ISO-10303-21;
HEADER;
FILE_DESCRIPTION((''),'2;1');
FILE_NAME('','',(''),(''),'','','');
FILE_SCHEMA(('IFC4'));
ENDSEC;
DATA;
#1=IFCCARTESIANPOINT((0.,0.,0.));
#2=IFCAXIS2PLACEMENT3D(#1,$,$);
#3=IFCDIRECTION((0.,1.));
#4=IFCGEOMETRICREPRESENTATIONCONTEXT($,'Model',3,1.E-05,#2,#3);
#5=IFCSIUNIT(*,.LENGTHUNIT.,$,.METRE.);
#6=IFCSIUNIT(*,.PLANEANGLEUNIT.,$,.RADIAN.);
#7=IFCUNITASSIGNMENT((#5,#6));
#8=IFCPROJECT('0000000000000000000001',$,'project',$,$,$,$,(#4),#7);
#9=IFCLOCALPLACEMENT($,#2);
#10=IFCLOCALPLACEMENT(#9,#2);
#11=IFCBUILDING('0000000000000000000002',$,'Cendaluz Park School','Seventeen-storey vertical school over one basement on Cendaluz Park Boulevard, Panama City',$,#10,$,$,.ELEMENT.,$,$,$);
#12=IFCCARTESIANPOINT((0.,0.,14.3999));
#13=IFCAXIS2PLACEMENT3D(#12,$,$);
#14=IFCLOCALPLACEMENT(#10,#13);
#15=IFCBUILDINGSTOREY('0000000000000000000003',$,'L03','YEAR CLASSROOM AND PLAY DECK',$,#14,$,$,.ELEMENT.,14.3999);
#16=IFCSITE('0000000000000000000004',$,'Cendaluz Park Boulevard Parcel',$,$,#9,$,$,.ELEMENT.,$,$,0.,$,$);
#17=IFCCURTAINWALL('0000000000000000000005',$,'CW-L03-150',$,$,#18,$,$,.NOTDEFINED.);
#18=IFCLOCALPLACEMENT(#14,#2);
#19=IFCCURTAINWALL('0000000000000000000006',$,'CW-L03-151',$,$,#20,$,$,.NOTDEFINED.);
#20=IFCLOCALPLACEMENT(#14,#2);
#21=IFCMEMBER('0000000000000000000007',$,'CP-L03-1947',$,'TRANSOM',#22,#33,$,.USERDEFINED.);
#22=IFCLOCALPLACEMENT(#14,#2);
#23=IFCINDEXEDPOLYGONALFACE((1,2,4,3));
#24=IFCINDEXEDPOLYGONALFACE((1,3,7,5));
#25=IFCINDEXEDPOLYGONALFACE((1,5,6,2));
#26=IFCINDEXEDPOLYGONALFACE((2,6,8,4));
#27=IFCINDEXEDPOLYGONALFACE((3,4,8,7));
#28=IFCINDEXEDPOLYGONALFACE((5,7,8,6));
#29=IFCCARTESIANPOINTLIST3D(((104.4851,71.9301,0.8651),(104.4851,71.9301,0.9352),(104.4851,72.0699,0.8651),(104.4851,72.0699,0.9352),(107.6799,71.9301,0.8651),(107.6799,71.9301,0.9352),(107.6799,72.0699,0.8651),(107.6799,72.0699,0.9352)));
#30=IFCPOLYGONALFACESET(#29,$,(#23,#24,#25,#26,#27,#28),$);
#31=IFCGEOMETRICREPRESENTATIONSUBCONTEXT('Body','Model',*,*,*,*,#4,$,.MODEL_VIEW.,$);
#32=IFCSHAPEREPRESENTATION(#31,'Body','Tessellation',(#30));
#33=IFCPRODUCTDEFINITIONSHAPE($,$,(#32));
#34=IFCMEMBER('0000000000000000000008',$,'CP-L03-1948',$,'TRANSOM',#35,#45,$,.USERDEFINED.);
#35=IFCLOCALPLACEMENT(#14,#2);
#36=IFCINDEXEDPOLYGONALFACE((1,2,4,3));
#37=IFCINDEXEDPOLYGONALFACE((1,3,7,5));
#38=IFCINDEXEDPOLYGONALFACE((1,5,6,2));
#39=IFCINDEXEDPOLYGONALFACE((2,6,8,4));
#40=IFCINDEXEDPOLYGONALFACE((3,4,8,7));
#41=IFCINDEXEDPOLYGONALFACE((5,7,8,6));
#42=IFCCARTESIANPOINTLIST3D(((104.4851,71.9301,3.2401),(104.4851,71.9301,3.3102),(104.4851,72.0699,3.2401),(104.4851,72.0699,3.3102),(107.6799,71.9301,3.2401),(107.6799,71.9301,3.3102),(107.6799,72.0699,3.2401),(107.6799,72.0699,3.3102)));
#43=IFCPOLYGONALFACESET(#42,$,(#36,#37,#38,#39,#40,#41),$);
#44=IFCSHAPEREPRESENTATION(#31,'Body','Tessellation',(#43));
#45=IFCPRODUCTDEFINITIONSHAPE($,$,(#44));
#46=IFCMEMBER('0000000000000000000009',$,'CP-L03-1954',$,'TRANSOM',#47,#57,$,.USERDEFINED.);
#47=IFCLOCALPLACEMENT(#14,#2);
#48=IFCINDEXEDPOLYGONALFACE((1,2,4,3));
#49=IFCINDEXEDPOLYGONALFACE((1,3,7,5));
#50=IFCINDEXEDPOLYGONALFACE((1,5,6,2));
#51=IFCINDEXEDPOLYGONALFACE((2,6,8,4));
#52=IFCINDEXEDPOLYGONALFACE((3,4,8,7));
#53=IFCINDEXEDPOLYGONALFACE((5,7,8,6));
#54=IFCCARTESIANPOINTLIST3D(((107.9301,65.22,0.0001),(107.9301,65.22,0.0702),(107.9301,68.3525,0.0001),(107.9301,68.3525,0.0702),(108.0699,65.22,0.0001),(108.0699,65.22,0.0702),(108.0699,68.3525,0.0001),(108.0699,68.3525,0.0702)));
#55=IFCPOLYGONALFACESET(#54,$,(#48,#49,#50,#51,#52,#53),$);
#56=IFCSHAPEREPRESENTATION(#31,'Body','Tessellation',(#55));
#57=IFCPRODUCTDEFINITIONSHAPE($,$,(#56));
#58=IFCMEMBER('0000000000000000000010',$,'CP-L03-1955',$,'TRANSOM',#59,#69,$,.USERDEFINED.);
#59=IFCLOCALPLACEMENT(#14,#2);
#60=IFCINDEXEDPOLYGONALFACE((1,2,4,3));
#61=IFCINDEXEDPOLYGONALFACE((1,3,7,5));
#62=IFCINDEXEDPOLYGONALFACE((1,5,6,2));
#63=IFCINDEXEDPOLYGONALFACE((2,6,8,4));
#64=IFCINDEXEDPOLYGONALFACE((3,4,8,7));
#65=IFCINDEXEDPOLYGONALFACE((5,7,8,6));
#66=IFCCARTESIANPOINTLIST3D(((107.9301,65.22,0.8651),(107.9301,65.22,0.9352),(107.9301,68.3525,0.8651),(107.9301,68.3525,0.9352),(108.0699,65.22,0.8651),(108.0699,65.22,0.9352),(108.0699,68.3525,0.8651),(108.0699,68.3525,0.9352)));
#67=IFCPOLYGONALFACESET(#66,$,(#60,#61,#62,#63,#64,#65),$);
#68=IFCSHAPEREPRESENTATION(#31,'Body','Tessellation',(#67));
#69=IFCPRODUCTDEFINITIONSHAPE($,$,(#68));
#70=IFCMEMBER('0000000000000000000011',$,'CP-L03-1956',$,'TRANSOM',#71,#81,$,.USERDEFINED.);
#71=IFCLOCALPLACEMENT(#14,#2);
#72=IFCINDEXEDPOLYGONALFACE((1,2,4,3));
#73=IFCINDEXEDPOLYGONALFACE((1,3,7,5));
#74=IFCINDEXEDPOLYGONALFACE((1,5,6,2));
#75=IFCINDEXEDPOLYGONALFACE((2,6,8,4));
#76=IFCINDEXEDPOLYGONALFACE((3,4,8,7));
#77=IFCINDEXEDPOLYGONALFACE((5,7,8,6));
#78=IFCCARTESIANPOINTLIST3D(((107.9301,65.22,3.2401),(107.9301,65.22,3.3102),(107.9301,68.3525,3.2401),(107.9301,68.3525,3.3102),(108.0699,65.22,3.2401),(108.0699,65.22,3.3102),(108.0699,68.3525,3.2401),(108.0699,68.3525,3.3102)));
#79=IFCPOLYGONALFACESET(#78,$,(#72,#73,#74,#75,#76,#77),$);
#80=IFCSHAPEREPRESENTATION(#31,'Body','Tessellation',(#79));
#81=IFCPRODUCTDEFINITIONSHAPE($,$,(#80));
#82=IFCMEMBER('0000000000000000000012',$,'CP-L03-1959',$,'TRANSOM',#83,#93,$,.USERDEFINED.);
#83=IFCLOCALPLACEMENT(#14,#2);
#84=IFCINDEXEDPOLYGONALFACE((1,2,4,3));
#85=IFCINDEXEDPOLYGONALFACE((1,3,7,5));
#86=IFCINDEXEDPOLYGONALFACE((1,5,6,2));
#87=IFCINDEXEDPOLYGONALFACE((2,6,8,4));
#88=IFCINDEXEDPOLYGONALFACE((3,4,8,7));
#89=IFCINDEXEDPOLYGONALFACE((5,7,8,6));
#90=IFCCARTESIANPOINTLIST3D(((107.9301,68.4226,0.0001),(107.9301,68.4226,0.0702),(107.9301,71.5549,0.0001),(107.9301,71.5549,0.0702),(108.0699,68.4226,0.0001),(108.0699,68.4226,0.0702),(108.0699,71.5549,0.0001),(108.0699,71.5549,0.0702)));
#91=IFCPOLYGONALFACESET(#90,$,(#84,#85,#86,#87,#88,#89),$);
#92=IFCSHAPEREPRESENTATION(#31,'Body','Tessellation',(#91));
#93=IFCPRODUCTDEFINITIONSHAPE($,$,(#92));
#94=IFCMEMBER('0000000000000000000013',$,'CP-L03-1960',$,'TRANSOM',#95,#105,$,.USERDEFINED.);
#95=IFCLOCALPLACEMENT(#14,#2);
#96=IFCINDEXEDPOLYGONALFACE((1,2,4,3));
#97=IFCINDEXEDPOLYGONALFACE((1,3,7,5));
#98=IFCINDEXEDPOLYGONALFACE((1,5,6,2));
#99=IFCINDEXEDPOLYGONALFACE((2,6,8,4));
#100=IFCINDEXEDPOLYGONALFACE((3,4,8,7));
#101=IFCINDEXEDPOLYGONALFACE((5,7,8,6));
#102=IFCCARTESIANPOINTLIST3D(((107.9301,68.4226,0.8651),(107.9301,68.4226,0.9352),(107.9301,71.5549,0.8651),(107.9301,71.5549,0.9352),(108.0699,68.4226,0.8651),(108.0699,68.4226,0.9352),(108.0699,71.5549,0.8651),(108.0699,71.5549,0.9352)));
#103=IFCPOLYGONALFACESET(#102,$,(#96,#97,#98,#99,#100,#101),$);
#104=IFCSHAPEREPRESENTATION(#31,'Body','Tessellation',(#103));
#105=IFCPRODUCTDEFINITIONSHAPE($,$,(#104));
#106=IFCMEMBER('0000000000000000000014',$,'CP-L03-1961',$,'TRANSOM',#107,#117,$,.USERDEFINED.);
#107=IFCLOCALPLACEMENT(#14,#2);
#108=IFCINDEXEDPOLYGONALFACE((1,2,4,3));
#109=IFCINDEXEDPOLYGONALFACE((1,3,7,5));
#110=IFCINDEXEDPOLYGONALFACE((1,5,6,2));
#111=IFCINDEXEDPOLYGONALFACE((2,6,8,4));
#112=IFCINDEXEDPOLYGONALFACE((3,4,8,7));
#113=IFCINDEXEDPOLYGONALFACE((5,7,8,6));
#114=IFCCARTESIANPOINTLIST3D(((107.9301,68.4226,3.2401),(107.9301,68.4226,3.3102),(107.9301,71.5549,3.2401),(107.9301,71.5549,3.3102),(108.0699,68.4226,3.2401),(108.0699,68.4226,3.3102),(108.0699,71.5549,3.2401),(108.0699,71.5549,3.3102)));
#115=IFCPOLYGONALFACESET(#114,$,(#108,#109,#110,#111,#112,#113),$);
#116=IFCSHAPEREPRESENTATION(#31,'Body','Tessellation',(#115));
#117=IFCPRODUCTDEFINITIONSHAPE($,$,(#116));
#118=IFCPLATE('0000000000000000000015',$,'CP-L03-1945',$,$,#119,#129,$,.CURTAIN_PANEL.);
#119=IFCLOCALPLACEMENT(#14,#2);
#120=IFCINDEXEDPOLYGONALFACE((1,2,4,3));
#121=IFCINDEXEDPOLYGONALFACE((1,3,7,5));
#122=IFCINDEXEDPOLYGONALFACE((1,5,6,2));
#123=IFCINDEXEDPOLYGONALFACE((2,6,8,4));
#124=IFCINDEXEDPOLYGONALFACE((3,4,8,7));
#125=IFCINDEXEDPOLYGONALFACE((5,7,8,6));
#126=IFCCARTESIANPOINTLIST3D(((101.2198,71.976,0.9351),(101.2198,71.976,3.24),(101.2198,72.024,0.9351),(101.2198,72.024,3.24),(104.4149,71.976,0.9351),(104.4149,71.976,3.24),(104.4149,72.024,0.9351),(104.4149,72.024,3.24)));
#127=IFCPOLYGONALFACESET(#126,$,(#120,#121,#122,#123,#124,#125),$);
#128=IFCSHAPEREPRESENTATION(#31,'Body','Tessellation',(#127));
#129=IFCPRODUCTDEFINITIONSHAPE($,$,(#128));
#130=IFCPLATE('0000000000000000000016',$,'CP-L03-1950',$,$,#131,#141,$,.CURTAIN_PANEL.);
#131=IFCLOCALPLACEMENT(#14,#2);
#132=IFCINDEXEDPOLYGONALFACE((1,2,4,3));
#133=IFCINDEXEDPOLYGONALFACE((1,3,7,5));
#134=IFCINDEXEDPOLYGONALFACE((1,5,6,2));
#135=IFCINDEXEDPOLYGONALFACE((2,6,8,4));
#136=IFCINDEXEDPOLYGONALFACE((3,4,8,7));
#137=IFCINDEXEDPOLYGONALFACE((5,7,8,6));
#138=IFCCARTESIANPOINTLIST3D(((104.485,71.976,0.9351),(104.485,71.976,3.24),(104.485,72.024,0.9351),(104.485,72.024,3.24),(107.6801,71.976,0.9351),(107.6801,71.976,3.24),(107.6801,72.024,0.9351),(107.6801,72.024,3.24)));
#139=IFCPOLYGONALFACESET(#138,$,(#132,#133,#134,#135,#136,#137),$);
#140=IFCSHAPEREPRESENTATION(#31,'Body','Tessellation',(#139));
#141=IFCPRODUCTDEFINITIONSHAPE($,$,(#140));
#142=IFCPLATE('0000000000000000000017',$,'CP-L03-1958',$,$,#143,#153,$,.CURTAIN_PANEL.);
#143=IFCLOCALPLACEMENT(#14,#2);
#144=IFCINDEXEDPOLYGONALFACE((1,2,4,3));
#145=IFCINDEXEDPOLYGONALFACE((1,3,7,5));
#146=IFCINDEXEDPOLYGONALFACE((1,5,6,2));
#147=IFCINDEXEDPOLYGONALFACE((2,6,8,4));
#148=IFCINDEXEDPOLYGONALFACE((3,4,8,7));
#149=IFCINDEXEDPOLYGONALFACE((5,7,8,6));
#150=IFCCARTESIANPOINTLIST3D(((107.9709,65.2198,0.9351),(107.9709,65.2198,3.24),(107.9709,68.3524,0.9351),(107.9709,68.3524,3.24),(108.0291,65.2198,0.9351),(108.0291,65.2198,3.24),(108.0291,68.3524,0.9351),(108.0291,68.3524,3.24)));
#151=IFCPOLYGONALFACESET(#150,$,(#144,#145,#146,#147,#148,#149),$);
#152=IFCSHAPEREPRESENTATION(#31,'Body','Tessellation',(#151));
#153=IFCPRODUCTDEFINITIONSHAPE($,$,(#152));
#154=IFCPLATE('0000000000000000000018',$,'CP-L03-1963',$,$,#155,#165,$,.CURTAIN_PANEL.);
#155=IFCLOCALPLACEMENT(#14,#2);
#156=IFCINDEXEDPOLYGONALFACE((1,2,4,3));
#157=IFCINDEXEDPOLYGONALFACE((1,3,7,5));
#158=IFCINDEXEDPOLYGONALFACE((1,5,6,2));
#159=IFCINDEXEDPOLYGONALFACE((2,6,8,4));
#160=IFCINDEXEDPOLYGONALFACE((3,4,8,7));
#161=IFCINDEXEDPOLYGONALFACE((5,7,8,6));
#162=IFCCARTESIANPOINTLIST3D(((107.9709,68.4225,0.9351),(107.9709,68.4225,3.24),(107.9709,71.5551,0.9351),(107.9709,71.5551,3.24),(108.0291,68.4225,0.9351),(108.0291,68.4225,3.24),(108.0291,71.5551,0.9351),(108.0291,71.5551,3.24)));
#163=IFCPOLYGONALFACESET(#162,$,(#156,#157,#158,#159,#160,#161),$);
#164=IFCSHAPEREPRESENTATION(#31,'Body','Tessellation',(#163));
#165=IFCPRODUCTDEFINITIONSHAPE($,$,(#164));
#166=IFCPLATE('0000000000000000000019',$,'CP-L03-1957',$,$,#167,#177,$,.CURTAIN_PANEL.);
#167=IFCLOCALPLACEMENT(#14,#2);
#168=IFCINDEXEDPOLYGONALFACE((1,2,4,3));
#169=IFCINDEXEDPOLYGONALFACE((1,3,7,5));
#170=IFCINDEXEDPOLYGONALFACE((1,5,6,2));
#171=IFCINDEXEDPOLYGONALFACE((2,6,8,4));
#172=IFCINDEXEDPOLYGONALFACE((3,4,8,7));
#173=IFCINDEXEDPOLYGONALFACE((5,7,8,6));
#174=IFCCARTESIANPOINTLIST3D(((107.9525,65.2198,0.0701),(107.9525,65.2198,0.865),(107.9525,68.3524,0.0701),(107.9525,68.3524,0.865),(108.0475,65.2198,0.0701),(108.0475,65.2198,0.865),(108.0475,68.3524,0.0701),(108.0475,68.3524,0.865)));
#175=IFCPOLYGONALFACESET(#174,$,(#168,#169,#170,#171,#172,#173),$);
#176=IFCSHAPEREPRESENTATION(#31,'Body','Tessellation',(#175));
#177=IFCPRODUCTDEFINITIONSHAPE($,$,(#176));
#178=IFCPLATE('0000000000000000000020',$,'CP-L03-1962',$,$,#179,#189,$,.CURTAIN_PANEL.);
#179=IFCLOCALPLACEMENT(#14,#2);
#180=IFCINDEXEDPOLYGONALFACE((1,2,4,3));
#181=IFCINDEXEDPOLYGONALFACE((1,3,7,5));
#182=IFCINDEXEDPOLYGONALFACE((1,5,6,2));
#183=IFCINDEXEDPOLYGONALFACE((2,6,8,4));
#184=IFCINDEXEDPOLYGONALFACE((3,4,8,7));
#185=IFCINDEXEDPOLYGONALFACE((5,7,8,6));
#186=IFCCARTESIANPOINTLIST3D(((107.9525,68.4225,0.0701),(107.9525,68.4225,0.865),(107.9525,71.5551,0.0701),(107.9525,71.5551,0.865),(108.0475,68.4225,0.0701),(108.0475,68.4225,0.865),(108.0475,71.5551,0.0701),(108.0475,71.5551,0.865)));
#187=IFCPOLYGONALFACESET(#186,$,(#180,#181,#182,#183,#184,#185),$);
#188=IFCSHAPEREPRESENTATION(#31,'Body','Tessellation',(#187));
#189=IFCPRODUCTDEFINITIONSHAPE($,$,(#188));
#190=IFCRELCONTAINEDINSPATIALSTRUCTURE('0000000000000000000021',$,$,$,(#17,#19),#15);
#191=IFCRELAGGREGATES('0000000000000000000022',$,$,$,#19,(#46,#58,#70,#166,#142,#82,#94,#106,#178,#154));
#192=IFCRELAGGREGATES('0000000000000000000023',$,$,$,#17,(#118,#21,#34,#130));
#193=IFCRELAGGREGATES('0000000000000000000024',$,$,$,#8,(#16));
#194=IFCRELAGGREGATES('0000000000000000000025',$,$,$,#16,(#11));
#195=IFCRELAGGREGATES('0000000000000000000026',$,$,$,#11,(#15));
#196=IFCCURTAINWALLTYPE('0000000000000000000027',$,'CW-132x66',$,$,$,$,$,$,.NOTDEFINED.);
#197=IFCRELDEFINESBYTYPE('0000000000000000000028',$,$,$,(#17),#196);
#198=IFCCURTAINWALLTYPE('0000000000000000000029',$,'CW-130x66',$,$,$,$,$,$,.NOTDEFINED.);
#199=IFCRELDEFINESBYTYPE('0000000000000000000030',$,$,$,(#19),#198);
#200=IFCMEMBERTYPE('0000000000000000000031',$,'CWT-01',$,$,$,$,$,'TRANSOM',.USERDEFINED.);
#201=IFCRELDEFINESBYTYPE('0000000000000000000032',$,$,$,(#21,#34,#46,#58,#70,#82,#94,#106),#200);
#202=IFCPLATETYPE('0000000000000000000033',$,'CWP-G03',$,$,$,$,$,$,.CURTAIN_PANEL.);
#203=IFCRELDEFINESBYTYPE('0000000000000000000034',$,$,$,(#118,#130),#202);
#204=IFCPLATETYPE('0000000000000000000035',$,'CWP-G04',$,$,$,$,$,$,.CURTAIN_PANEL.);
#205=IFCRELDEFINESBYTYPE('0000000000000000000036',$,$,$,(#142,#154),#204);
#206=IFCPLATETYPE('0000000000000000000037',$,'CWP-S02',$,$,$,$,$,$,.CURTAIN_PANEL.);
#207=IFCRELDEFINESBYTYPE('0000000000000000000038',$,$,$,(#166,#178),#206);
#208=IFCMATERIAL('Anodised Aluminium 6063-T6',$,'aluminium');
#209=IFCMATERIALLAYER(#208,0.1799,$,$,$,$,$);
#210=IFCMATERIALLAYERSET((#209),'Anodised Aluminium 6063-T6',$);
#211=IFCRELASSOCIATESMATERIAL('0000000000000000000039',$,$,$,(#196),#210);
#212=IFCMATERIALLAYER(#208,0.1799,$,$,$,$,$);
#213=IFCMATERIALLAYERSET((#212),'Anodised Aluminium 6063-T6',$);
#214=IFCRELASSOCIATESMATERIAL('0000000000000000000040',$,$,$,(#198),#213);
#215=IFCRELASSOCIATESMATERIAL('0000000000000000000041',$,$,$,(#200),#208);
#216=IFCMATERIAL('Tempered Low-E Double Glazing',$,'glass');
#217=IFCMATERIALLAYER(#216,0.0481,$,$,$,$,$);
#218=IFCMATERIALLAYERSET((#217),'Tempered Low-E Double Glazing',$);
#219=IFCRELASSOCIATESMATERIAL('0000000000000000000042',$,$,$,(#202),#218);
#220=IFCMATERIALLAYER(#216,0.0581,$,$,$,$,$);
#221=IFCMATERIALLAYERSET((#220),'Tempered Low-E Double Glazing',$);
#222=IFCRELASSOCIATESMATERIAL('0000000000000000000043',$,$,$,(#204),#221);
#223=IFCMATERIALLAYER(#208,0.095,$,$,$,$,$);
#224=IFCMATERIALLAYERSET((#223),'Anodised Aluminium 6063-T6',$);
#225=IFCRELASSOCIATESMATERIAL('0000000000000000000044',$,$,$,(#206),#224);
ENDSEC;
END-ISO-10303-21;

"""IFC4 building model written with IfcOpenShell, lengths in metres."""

from ifc_helpers import new_model, si_unit, direction, frame, origin, origin_2d, place, context, subcontext, project, spatial, rectangle, extrude, material, layer, layer_set, material_profile, profile_set, type_object, element, aggregate, save


model = new_model("IFC4")

# Units and contexts
model_context = context("Model", 3, precision=1e-05, world=origin(), true_north=direction((0.0, 1.0)))
body_context = subcontext(model_context, "Body", "Model", "MODEL_VIEW")
ifc_project = project(units=[si_unit("LENGTHUNIT", "METRE"), si_unit("PLANEANGLEUNIT", "RADIAN")], contexts=[model_context])

# Site, building, storey
site_placement = place(None, origin())
site = spatial("IfcSite", under=ifc_project, at=site_placement, Name="Cendaluz Park Boulevard Parcel", CompositionType="ELEMENT", RefElevation=0.0)
building_placement = place(site_placement, origin())
building = spatial("IfcBuilding", under=site, at=building_placement, Name="Cendaluz Park School", Description="Seventeen-storey vertical school over one basement on Cendaluz Park Boulevard, Panama City", CompositionType="ELEMENT")
storey_placement = place(building_placement, frame((0.0, 0.0, 14.3999)))
storey = spatial("IfcBuildingStorey", under=building, at=storey_placement, Name="L03", Description="YEAR CLASSROOM AND PLAY DECK", CompositionType="ELEMENT", Elevation=14.3999)

# Curtain walls
ifc_material_1 = material(Name="Anodised Aluminium 6063-T6", Category="aluminium")
ifc_layer_1 = layer(ifc_material_1, 0.1799)
ifc_layer_set_1 = layer_set([ifc_layer_1], Name="Anodised Aluminium 6063-T6")
curtain_wall_type_1 = type_object("IfcCurtainWallType", Name="CW-132x66", PredefinedType="NOTDEFINED", material=ifc_layer_set_1)
curtain_wall_1_placement = place(storey_placement, origin())
curtain_wall_1 = element("IfcCurtainWall", 1, at=curtain_wall_1_placement, inside=storey, type_object=curtain_wall_type_1, Name="CW-L03-150", PredefinedType="NOTDEFINED")
ifc_layer_2 = layer(ifc_material_1, 0.1799)
ifc_layer_set_2 = layer_set([ifc_layer_2], Name="Anodised Aluminium 6063-T6")
curtain_wall_type_2 = type_object("IfcCurtainWallType", Name="CW-130x66", PredefinedType="NOTDEFINED", material=ifc_layer_set_2)
curtain_wall_2_placement = place(storey_placement, origin())
curtain_wall_2 = element("IfcCurtainWall", 2, at=curtain_wall_2_placement, inside=storey, type_object=curtain_wall_type_2, Name="CW-L03-151", PredefinedType="NOTDEFINED")

# Members
ifc_material_profile_1 = material_profile(ifc_material_1, rectangle(XDim=0.1399, YDim=0.0701, at=origin_2d()), Name="CWT 140x70", Category="aluminium")
ifc_profile_set_1 = profile_set([ifc_material_profile_1], Name="Anodised Aluminium 6063-T6")
member_type_1 = type_object("IfcMemberType", Name="CWT-01", ElementType="TRANSOM", PredefinedType="USERDEFINED", material=ifc_profile_set_1)
member_1_placement = place(storey_placement, frame((104.4851, 72.0, 0.9001), z_axis=(1.0, 0.0, 0.0), x_axis=(0.0, 1.0, 0.0)))
member_1 = element("IfcMember", 3, at=member_1_placement, type_object=member_type_1, Name="CP-L03-1947", ObjectType="TRANSOM", PredefinedType="USERDEFINED", context=body_context, shape_type="SweptSolid", body=[
    extrude(rectangle(XDim=0.1399, YDim=0.0701, at=origin_2d()), origin(), (0.0, 0.0, 1.0), 3.1948),
])
member_2_placement = place(storey_placement, frame((104.4851, 72.0, 3.2751), z_axis=(1.0, 0.0, 0.0), x_axis=(0.0, 1.0, 0.0)))
member_2 = element("IfcMember", 4, at=member_2_placement, type_object=member_type_1, Name="CP-L03-1948", ObjectType="TRANSOM", PredefinedType="USERDEFINED", context=body_context, shape_type="SweptSolid", body=[
    extrude(rectangle(XDim=0.1399, YDim=0.0701, at=origin_2d()), origin(), (0.0, 0.0, 1.0), 3.1948),
])
member_3_placement = place(storey_placement, frame((108.0, 65.22, 0.0352), z_axis=(0.0, 1.0, 0.0), x_axis=(-1.0, 0.0, 0.0)))
member_3 = element("IfcMember", 5, at=member_3_placement, type_object=member_type_1, Name="CP-L03-1954", ObjectType="TRANSOM", PredefinedType="USERDEFINED", context=body_context, shape_type="SweptSolid", body=[
    extrude(rectangle(XDim=0.1399, YDim=0.0701, at=origin_2d()), origin(), (0.0, 0.0, 1.0), 3.1326),
])
member_4_placement = place(storey_placement, frame((108.0, 65.22, 0.9001), z_axis=(0.0, 1.0, 0.0), x_axis=(-1.0, 0.0, 0.0)))
member_4 = element("IfcMember", 6, at=member_4_placement, type_object=member_type_1, Name="CP-L03-1955", ObjectType="TRANSOM", PredefinedType="USERDEFINED", context=body_context, shape_type="SweptSolid", body=[
    extrude(rectangle(XDim=0.1399, YDim=0.0701, at=origin_2d()), origin(), (0.0, 0.0, 1.0), 3.1326),
])
member_5_placement = place(storey_placement, frame((108.0, 65.22, 3.2751), z_axis=(0.0, 1.0, 0.0), x_axis=(-1.0, 0.0, 0.0)))
member_5 = element("IfcMember", 7, at=member_5_placement, type_object=member_type_1, Name="CP-L03-1956", ObjectType="TRANSOM", PredefinedType="USERDEFINED", context=body_context, shape_type="SweptSolid", body=[
    extrude(rectangle(XDim=0.1399, YDim=0.0701, at=origin_2d()), origin(), (0.0, 0.0, 1.0), 3.1326),
])
member_6_placement = place(storey_placement, frame((108.0, 68.4226, 0.0352), z_axis=(0.0, 1.0, 0.0), x_axis=(-1.0, 0.0, 0.0)))
member_6 = element("IfcMember", 8, at=member_6_placement, type_object=member_type_1, Name="CP-L03-1959", ObjectType="TRANSOM", PredefinedType="USERDEFINED", context=body_context, shape_type="SweptSolid", body=[
    extrude(rectangle(XDim=0.1399, YDim=0.0701, at=origin_2d()), origin(), (0.0, 0.0, 1.0), 3.1323),
])
member_7_placement = place(storey_placement, frame((108.0, 68.4226, 0.9001), z_axis=(0.0, 1.0, 0.0), x_axis=(-1.0, 0.0, 0.0)))
member_7 = element("IfcMember", 9, at=member_7_placement, type_object=member_type_1, Name="CP-L03-1960", ObjectType="TRANSOM", PredefinedType="USERDEFINED", context=body_context, shape_type="SweptSolid", body=[
    extrude(rectangle(XDim=0.1399, YDim=0.0701, at=origin_2d()), origin(), (0.0, 0.0, 1.0), 3.1323),
])
member_8_placement = place(storey_placement, frame((108.0, 68.4226, 3.2751), z_axis=(0.0, 1.0, 0.0), x_axis=(-1.0, 0.0, 0.0)))
member_8 = element("IfcMember", 10, at=member_8_placement, type_object=member_type_1, Name="CP-L03-1961", ObjectType="TRANSOM", PredefinedType="USERDEFINED", context=body_context, shape_type="SweptSolid", body=[
    extrude(rectangle(XDim=0.1399, YDim=0.0701, at=origin_2d()), origin(), (0.0, 0.0, 1.0), 3.1323),
])

# Plates
ifc_material_2 = material(Name="Tempered Low-E Double Glazing", Category="glass")
ifc_layer_3 = layer(ifc_material_2, 0.0481)
ifc_layer_set_3 = layer_set([ifc_layer_3], Name="Tempered Low-E Double Glazing")
plate_type_1 = type_object("IfcPlateType", Name="CWP-G03", PredefinedType="CURTAIN_PANEL", material=ifc_layer_set_3)
plate_1_placement = place(storey_placement, frame((102.8174, 72.0, 0.9351), z_axis=(0.0, 0.0, 1.0), x_axis=(1.0, 0.0, 0.0)))
plate_1 = element("IfcPlate", 11, at=plate_1_placement, type_object=plate_type_1, Name="CP-L03-1945", PredefinedType="CURTAIN_PANEL", context=body_context, shape_type="SweptSolid", body=[
    extrude(rectangle(XDim=3.1951, YDim=0.0481, at=origin_2d()), origin(), (0.0, 0.0, 1.0), 2.3049),
])
plate_2_placement = place(storey_placement, frame((106.0825, 72.0, 0.9351), z_axis=(0.0, 0.0, 1.0), x_axis=(1.0, 0.0, 0.0)))
plate_2 = element("IfcPlate", 12, at=plate_2_placement, type_object=plate_type_1, Name="CP-L03-1950", PredefinedType="CURTAIN_PANEL", context=body_context, shape_type="SweptSolid", body=[
    extrude(rectangle(XDim=3.1951, YDim=0.0481, at=origin_2d()), origin(), (0.0, 0.0, 1.0), 2.3049),
])
ifc_layer_4 = layer(ifc_material_2, 0.0581)
ifc_layer_set_4 = layer_set([ifc_layer_4], Name="Tempered Low-E Double Glazing")
plate_type_2 = type_object("IfcPlateType", Name="CWP-G04", PredefinedType="CURTAIN_PANEL", material=ifc_layer_set_4)
plate_3_placement = place(storey_placement, frame((108.0, 66.7861, 0.9351), z_axis=(0.0, 0.0, 1.0), x_axis=(0.0, 1.0, 0.0)))
plate_3 = element("IfcPlate", 13, at=plate_3_placement, type_object=plate_type_2, Name="CP-L03-1958", PredefinedType="CURTAIN_PANEL", context=body_context, shape_type="SweptSolid", body=[
    extrude(rectangle(XDim=3.1326, YDim=0.0581, at=origin_2d()), origin(), (0.0, 0.0, 1.0), 2.3049),
])
plate_4_placement = place(storey_placement, frame((108.0, 69.9888, 0.9351), z_axis=(0.0, 0.0, 1.0), x_axis=(0.0, 1.0, 0.0)))
plate_4 = element("IfcPlate", 14, at=plate_4_placement, type_object=plate_type_2, Name="CP-L03-1963", PredefinedType="CURTAIN_PANEL", context=body_context, shape_type="SweptSolid", body=[
    extrude(rectangle(XDim=3.1326, YDim=0.0581, at=origin_2d()), origin(), (0.0, 0.0, 1.0), 2.3049),
])
ifc_layer_5 = layer(ifc_material_1, 0.095)
ifc_layer_set_5 = layer_set([ifc_layer_5], Name="Anodised Aluminium 6063-T6")
plate_type_3 = type_object("IfcPlateType", Name="CWP-S02", PredefinedType="CURTAIN_PANEL", material=ifc_layer_set_5)
plate_5_placement = place(storey_placement, frame((108.0, 66.7861, 0.0701), z_axis=(0.0, 0.0, 1.0), x_axis=(0.0, 1.0, 0.0)))
plate_5 = element("IfcPlate", 15, at=plate_5_placement, type_object=plate_type_3, Name="CP-L03-1957", PredefinedType="CURTAIN_PANEL", context=body_context, shape_type="SweptSolid", body=[
    extrude(rectangle(XDim=3.1326, YDim=0.095, at=origin_2d()), origin(), (0.0, 0.0, 1.0), 0.7949),
])
plate_6_placement = place(storey_placement, frame((108.0, 69.9888, 0.0701), z_axis=(0.0, 0.0, 1.0), x_axis=(0.0, 1.0, 0.0)))
plate_6 = element("IfcPlate", 16, at=plate_6_placement, type_object=plate_type_3, Name="CP-L03-1962", PredefinedType="CURTAIN_PANEL", context=body_context, shape_type="SweptSolid", body=[
    extrude(rectangle(XDim=3.1326, YDim=0.095, at=origin_2d()), origin(), (0.0, 0.0, 1.0), 0.7949),
])
aggregate(curtain_wall_2, [member_3, member_4, member_5, plate_5, plate_3, member_6, member_7, member_8, plate_6, plate_4])
aggregate(curtain_wall_1, [plate_1, member_1, member_2, plate_2])

save(model, "model.ifc")
